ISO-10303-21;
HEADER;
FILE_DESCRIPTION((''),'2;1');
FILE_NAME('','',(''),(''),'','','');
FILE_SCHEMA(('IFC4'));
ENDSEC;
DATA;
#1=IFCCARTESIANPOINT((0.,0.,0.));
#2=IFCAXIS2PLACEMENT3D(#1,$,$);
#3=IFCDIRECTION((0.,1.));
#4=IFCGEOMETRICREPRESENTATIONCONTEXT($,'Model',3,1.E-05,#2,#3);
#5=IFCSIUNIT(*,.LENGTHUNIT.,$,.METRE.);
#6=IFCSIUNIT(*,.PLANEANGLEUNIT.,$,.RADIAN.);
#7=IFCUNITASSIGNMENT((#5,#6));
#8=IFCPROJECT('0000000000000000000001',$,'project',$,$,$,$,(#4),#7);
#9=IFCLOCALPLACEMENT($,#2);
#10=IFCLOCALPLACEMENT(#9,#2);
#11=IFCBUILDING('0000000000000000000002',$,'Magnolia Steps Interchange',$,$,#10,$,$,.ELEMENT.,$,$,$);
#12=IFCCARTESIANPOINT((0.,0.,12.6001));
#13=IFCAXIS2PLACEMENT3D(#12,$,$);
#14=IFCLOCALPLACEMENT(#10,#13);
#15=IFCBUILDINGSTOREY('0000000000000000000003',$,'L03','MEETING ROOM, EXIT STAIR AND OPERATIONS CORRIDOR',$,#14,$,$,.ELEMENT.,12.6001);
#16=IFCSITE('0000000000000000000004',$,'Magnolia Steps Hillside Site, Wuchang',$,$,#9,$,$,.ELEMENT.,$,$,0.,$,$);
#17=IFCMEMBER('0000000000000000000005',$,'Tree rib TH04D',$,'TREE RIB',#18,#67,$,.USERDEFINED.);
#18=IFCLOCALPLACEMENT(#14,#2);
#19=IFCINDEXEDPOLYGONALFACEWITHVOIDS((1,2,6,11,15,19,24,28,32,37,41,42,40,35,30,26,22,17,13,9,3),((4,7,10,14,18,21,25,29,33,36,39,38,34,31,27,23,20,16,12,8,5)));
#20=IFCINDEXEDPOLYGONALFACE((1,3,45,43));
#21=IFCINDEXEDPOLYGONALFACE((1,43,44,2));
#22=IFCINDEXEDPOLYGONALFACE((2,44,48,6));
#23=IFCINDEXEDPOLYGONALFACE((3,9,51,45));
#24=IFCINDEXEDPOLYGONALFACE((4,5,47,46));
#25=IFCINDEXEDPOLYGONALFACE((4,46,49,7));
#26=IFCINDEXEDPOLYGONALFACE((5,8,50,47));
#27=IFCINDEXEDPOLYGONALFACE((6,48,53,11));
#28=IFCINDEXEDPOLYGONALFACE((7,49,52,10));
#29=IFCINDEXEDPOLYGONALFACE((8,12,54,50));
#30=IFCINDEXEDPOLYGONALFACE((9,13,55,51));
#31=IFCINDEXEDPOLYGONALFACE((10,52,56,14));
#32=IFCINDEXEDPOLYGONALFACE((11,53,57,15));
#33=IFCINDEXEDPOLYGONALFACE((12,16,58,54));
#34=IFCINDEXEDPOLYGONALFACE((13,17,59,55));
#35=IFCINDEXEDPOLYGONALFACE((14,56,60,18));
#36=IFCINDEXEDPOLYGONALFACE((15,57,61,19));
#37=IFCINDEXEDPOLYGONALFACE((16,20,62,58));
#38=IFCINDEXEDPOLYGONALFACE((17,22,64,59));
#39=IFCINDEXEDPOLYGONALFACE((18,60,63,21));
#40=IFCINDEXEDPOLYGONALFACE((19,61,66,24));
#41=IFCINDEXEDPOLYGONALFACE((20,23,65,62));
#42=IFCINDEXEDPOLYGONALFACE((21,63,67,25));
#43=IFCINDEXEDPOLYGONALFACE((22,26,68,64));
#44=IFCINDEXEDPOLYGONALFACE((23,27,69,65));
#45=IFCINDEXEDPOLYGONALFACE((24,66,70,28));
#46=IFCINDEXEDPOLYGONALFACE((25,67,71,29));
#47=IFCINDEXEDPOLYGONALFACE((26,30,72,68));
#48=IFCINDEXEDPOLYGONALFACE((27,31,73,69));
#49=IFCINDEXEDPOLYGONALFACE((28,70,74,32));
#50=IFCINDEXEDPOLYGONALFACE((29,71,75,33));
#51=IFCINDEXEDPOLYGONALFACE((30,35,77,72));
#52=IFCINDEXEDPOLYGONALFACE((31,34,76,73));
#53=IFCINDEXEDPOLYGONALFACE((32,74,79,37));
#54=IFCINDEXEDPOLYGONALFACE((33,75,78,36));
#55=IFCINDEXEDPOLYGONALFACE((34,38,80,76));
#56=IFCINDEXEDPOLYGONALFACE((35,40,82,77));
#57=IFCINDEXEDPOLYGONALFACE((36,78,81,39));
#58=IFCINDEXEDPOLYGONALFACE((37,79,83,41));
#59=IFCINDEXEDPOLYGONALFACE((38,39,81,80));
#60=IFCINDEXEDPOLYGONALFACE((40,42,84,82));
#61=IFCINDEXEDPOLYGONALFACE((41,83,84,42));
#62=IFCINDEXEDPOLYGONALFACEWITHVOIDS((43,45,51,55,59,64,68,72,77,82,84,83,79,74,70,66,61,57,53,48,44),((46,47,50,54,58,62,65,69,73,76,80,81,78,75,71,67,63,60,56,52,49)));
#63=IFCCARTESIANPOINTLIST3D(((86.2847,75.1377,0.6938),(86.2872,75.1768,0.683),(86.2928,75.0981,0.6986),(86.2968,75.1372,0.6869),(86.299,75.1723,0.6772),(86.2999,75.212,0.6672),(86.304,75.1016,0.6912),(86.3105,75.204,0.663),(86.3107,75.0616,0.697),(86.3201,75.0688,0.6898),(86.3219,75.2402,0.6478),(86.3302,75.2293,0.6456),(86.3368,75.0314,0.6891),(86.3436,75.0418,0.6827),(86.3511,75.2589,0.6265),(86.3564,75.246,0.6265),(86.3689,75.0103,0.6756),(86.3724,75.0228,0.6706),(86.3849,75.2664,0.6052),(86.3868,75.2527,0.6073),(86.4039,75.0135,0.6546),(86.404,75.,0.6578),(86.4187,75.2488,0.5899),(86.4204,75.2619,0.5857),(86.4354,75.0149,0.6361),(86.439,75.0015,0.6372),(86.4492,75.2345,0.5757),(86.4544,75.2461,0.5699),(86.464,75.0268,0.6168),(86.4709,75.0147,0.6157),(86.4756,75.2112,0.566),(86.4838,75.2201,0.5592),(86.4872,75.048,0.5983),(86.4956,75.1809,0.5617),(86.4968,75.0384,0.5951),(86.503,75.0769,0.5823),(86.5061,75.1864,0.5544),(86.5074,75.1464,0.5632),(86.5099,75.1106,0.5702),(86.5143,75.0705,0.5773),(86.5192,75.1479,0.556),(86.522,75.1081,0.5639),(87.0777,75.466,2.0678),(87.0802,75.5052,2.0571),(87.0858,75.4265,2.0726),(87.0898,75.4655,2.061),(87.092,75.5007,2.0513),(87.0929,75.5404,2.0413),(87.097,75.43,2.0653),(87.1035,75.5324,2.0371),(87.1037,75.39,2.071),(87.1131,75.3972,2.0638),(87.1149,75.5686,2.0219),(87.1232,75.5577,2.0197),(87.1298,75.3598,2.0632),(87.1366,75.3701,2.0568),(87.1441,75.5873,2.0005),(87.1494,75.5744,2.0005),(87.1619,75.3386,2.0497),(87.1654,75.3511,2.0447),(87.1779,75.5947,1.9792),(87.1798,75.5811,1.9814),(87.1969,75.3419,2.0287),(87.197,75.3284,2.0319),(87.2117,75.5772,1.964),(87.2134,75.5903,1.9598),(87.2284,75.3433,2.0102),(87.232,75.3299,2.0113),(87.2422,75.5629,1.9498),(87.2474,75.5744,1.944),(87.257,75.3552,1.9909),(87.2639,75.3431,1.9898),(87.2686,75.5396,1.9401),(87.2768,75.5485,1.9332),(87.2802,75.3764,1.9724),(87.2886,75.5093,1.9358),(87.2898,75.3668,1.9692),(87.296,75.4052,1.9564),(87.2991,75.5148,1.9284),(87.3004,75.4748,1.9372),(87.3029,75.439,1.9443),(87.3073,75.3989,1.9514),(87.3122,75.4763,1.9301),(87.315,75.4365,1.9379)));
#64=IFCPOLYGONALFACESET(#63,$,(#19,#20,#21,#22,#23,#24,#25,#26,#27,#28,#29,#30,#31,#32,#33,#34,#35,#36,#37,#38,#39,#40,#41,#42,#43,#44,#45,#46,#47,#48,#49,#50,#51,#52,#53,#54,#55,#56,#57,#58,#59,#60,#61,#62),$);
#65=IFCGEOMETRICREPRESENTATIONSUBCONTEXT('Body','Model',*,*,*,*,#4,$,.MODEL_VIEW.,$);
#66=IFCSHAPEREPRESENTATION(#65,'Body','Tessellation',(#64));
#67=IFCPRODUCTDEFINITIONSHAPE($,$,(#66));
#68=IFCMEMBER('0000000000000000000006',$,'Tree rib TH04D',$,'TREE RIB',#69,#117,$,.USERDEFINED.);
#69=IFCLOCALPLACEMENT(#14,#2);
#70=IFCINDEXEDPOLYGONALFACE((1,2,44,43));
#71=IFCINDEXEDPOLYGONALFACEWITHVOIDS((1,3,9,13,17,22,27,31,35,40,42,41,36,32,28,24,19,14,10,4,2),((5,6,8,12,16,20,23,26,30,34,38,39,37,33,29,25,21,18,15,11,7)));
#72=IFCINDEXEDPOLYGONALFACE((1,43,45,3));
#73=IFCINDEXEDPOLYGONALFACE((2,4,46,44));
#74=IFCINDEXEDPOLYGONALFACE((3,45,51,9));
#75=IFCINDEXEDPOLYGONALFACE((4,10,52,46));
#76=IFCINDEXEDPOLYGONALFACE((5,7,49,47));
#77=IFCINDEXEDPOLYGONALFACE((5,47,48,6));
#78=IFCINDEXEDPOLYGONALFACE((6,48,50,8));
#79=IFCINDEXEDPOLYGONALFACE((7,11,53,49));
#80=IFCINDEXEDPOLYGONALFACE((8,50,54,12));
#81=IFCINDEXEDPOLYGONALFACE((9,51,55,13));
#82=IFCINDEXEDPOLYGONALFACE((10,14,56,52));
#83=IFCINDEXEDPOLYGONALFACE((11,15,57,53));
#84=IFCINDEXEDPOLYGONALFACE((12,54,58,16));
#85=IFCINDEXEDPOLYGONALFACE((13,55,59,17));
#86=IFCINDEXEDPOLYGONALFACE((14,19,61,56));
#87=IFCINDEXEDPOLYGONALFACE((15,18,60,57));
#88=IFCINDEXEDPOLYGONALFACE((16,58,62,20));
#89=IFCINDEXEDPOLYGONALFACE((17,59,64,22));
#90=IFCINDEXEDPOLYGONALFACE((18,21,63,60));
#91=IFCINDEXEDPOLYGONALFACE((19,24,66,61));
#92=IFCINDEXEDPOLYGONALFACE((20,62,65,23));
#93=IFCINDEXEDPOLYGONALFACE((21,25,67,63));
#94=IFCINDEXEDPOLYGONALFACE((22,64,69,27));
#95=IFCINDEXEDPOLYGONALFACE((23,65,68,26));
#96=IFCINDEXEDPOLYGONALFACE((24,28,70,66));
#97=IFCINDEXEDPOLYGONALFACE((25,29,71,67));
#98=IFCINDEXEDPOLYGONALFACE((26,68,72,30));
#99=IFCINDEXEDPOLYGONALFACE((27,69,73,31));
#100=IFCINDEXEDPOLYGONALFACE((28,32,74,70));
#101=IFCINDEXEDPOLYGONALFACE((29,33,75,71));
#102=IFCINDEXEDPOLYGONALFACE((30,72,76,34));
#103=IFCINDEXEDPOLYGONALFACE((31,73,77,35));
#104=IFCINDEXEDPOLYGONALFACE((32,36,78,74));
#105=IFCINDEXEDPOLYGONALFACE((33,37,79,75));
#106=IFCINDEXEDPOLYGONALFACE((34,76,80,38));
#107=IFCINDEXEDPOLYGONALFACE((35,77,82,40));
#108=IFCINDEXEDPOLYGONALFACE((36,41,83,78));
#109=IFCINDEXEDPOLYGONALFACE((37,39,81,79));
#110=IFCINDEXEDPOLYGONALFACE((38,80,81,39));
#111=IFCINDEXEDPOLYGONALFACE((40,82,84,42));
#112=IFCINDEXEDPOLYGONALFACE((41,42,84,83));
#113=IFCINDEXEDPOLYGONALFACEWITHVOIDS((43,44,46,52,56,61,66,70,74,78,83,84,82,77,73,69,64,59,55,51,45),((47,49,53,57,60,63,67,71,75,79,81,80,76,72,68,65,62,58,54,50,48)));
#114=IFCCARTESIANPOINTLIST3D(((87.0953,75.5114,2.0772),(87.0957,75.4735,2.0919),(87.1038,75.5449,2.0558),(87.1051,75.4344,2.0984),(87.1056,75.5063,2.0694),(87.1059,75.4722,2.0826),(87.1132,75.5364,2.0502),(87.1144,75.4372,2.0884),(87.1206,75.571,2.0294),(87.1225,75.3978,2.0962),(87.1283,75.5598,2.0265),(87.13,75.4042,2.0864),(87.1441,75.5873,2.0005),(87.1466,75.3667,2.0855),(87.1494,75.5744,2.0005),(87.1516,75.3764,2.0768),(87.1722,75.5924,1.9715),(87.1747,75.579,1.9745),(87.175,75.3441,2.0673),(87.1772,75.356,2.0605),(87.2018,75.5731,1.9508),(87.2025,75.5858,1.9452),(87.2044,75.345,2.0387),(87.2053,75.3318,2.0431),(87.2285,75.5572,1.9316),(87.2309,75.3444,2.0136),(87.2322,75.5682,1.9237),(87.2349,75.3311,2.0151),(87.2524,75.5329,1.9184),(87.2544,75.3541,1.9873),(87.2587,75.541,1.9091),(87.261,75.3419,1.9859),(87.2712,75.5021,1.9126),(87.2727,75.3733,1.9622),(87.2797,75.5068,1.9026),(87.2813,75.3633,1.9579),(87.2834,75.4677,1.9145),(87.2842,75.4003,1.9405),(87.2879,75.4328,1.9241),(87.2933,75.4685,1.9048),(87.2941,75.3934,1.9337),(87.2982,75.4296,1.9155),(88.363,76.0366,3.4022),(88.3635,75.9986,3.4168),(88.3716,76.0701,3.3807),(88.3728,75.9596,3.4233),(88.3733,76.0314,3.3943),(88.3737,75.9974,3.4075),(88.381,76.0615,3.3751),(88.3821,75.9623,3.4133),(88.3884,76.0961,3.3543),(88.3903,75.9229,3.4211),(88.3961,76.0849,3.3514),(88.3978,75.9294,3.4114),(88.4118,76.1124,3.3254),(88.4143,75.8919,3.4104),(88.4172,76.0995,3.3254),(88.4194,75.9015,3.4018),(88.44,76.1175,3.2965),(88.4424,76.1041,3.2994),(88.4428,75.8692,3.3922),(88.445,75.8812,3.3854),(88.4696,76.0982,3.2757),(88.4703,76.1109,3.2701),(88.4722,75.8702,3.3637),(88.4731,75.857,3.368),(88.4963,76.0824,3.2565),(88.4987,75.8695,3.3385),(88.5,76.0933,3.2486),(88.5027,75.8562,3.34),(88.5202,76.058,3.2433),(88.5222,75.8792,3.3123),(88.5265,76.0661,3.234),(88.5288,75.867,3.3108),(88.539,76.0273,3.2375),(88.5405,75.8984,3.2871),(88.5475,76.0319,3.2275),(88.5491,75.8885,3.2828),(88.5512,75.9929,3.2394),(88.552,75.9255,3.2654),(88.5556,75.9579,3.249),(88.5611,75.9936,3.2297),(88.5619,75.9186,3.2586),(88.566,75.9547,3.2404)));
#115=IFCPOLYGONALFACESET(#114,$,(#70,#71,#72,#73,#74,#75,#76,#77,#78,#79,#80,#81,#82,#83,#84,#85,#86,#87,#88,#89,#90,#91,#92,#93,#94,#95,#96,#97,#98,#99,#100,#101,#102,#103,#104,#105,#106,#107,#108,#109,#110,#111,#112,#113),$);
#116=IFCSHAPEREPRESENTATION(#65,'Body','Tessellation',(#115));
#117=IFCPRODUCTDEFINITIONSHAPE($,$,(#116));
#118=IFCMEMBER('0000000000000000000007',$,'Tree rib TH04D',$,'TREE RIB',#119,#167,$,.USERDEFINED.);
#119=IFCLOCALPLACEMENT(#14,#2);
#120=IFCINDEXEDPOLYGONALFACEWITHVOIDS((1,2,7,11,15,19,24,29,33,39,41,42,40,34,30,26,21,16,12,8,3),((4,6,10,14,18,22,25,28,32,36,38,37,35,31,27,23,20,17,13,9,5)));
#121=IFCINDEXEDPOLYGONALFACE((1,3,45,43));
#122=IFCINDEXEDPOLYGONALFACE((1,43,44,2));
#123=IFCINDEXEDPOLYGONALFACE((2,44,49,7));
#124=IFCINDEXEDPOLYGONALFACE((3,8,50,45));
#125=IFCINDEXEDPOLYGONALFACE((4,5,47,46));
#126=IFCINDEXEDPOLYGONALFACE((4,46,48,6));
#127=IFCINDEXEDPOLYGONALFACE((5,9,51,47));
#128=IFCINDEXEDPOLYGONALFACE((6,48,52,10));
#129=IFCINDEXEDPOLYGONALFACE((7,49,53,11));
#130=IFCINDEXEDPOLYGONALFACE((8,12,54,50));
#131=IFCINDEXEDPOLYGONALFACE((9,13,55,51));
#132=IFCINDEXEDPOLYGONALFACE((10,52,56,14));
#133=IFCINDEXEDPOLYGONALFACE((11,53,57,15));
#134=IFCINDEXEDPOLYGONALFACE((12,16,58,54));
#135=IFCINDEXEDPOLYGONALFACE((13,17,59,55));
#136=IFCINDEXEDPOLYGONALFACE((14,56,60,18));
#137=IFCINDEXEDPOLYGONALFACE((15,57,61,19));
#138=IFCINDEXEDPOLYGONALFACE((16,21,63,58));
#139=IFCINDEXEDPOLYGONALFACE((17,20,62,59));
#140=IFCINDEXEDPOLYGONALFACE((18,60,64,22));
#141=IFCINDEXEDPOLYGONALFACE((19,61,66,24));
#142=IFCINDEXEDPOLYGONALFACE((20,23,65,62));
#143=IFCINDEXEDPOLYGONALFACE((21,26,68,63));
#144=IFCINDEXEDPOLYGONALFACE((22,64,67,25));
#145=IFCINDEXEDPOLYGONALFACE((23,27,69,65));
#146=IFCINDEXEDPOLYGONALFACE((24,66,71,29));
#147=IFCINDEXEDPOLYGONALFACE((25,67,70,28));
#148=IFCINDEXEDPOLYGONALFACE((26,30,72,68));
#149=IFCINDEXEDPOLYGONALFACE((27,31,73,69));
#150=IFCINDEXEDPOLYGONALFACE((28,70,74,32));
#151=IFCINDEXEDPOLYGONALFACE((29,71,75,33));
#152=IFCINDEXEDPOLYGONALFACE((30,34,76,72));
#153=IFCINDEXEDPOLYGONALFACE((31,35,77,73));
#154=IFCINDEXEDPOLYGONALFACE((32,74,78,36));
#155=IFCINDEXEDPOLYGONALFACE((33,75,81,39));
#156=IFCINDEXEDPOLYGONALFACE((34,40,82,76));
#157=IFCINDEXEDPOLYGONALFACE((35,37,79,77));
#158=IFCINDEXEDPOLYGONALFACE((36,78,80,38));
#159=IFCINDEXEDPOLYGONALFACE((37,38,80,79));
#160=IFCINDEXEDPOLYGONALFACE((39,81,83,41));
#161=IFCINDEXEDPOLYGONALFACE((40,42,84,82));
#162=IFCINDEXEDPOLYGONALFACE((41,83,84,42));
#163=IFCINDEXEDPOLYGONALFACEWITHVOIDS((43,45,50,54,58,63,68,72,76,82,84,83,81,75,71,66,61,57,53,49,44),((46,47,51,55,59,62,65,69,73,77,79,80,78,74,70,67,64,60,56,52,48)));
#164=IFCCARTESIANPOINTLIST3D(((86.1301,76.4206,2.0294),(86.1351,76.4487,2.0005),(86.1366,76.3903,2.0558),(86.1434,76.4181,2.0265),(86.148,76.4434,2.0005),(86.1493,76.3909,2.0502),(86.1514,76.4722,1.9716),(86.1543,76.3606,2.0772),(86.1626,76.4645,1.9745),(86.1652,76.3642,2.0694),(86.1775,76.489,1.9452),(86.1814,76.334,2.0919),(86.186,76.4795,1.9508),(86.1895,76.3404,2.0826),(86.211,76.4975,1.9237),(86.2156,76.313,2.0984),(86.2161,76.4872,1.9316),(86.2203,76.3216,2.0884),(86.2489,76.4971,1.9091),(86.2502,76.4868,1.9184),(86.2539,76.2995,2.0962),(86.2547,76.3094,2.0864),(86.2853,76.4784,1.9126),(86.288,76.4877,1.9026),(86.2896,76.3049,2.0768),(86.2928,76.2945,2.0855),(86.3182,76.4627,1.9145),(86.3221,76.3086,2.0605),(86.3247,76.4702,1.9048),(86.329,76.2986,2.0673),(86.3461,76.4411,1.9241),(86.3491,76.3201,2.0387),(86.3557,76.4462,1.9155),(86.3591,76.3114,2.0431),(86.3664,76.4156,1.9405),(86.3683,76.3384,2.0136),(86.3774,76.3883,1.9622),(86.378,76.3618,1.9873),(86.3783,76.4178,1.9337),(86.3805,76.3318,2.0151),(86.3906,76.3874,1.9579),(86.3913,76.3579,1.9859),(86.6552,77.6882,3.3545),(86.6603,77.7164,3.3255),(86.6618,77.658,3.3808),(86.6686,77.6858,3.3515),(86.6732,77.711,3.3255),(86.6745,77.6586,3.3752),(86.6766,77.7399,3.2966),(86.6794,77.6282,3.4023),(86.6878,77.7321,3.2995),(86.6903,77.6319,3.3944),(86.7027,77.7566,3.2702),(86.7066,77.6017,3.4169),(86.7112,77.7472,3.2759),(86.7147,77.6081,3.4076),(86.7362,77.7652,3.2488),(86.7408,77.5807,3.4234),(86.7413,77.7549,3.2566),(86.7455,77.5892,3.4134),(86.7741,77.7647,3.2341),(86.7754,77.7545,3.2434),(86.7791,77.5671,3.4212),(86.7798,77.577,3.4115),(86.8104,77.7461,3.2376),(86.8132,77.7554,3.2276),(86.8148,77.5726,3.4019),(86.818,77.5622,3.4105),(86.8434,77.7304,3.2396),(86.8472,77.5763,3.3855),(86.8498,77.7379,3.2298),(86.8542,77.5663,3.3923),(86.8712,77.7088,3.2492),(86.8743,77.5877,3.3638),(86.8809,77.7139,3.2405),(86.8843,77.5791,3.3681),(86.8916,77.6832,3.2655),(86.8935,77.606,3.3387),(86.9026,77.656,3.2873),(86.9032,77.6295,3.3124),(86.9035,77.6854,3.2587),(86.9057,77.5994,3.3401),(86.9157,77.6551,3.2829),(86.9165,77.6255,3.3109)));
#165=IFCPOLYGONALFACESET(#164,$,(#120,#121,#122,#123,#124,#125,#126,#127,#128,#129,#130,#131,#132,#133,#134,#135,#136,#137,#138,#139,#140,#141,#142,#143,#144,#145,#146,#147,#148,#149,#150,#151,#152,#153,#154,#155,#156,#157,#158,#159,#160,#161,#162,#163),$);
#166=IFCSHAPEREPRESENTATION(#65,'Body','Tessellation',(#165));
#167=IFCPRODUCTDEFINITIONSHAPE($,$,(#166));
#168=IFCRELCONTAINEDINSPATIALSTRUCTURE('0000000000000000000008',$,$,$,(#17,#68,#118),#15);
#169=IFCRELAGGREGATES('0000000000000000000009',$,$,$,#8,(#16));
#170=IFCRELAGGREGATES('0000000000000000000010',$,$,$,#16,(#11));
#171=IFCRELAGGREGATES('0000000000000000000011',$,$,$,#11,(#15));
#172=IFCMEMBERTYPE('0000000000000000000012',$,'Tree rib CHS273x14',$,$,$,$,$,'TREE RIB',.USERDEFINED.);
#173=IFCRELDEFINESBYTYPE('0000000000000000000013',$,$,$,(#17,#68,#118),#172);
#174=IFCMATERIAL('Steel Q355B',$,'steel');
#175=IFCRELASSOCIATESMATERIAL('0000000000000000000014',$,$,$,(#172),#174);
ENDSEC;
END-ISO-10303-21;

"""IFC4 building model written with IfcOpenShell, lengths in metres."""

from ifc_helpers import new_model, si_unit, direction, frame, origin, origin_2d, place, context, subcontext, project, spatial, hollow_circle, extrude, material, material_profile, profile_set, type_object, element, save


model = new_model("IFC4")

# Units and contexts
model_context = context("Model", 3, precision=1e-05, world=origin(), true_north=direction((0.0, 1.0)))
body_context = subcontext(model_context, "Body", "Model", "MODEL_VIEW")
ifc_project = project(units=[si_unit("LENGTHUNIT", "METRE"), si_unit("PLANEANGLEUNIT", "RADIAN")], contexts=[model_context])

# Site, building, storey
site_placement = place(None, origin())
site = spatial("IfcSite", under=ifc_project, at=site_placement, Name="Magnolia Steps Hillside Site, Wuchang", CompositionType="ELEMENT", RefElevation=0.0)
building_placement = place(site_placement, origin())
building = spatial("IfcBuilding", under=site, at=building_placement, Name="Magnolia Steps Interchange", CompositionType="ELEMENT")
storey_placement = place(building_placement, frame((0.0, 0.0, 12.6001)))
storey = spatial("IfcBuildingStorey", under=building, at=storey_placement, Name="L03", Description="MEETING ROOM, EXIT STAIR AND OPERATIONS CORRIDOR", CompositionType="ELEMENT", Elevation=12.6001)

# Members
ifc_material_1 = material(Name="Steel Q355B", Category="steel")
ifc_material_profile_1 = material_profile(ifc_material_1, hollow_circle(Radius=0.1365, WallThickness=0.0139, at=origin_2d()), Name="CHS273x14")
ifc_profile_set_1 = profile_set([ifc_material_profile_1], Name="Steel Q355B")
member_type_1 = type_object("IfcMemberType", Name="Tree rib CHS273x14", ElementType="TREE RIB", PredefinedType="USERDEFINED", material=ifc_profile_set_1)
member_1_placement = place(storey_placement, frame((86.4033, 75.1328, 0.6265), z_axis=(0.489471, 0.202691, 0.848136), x_axis=(-0.382595, 0.923916, 0.0)))
element("IfcMember", 1, at=member_1_placement, inside=storey, type_object=member_type_1, Name="Tree rib TH04D", ObjectType="TREE RIB", PredefinedType="USERDEFINED", context=body_context, shape_type="SweptSolid", body=[
    extrude(hollow_circle(Radius=0.1365, WallThickness=0.0139, at=origin_2d()), origin(), (0.0, 0.0, 1.0), 1.6201),
])
for number, where, z_axis, x_axis, name in (
    (2, (87.1963, 75.4612, 2.0005), (0.664643, 0.275303, 0.694592), (-0.382682, 0.92388, 0.0), "Tree rib TH04D"),
    (3, (86.2612, 76.3965, 2.0005), (0.275326, 0.664571, 0.694651), (-0.923854, 0.382745, 0.0), "Tree rib TH04D"),
):
    element("IfcMember", number, at=place(storey_placement, frame(where, z_axis=z_axis, x_axis=x_axis)), inside=storey, type_object=member_type_1, Name=name, ObjectType="TREE RIB", PredefinedType="USERDEFINED", context=body_context, shape_type="SweptSolid", body=[
        extrude(hollow_circle(Radius=0.1365, WallThickness=0.0139, at=origin_2d()), origin(), (0.0, 0.0, 1.0), 1.9075),
    ])

save(model, "model.ifc")
